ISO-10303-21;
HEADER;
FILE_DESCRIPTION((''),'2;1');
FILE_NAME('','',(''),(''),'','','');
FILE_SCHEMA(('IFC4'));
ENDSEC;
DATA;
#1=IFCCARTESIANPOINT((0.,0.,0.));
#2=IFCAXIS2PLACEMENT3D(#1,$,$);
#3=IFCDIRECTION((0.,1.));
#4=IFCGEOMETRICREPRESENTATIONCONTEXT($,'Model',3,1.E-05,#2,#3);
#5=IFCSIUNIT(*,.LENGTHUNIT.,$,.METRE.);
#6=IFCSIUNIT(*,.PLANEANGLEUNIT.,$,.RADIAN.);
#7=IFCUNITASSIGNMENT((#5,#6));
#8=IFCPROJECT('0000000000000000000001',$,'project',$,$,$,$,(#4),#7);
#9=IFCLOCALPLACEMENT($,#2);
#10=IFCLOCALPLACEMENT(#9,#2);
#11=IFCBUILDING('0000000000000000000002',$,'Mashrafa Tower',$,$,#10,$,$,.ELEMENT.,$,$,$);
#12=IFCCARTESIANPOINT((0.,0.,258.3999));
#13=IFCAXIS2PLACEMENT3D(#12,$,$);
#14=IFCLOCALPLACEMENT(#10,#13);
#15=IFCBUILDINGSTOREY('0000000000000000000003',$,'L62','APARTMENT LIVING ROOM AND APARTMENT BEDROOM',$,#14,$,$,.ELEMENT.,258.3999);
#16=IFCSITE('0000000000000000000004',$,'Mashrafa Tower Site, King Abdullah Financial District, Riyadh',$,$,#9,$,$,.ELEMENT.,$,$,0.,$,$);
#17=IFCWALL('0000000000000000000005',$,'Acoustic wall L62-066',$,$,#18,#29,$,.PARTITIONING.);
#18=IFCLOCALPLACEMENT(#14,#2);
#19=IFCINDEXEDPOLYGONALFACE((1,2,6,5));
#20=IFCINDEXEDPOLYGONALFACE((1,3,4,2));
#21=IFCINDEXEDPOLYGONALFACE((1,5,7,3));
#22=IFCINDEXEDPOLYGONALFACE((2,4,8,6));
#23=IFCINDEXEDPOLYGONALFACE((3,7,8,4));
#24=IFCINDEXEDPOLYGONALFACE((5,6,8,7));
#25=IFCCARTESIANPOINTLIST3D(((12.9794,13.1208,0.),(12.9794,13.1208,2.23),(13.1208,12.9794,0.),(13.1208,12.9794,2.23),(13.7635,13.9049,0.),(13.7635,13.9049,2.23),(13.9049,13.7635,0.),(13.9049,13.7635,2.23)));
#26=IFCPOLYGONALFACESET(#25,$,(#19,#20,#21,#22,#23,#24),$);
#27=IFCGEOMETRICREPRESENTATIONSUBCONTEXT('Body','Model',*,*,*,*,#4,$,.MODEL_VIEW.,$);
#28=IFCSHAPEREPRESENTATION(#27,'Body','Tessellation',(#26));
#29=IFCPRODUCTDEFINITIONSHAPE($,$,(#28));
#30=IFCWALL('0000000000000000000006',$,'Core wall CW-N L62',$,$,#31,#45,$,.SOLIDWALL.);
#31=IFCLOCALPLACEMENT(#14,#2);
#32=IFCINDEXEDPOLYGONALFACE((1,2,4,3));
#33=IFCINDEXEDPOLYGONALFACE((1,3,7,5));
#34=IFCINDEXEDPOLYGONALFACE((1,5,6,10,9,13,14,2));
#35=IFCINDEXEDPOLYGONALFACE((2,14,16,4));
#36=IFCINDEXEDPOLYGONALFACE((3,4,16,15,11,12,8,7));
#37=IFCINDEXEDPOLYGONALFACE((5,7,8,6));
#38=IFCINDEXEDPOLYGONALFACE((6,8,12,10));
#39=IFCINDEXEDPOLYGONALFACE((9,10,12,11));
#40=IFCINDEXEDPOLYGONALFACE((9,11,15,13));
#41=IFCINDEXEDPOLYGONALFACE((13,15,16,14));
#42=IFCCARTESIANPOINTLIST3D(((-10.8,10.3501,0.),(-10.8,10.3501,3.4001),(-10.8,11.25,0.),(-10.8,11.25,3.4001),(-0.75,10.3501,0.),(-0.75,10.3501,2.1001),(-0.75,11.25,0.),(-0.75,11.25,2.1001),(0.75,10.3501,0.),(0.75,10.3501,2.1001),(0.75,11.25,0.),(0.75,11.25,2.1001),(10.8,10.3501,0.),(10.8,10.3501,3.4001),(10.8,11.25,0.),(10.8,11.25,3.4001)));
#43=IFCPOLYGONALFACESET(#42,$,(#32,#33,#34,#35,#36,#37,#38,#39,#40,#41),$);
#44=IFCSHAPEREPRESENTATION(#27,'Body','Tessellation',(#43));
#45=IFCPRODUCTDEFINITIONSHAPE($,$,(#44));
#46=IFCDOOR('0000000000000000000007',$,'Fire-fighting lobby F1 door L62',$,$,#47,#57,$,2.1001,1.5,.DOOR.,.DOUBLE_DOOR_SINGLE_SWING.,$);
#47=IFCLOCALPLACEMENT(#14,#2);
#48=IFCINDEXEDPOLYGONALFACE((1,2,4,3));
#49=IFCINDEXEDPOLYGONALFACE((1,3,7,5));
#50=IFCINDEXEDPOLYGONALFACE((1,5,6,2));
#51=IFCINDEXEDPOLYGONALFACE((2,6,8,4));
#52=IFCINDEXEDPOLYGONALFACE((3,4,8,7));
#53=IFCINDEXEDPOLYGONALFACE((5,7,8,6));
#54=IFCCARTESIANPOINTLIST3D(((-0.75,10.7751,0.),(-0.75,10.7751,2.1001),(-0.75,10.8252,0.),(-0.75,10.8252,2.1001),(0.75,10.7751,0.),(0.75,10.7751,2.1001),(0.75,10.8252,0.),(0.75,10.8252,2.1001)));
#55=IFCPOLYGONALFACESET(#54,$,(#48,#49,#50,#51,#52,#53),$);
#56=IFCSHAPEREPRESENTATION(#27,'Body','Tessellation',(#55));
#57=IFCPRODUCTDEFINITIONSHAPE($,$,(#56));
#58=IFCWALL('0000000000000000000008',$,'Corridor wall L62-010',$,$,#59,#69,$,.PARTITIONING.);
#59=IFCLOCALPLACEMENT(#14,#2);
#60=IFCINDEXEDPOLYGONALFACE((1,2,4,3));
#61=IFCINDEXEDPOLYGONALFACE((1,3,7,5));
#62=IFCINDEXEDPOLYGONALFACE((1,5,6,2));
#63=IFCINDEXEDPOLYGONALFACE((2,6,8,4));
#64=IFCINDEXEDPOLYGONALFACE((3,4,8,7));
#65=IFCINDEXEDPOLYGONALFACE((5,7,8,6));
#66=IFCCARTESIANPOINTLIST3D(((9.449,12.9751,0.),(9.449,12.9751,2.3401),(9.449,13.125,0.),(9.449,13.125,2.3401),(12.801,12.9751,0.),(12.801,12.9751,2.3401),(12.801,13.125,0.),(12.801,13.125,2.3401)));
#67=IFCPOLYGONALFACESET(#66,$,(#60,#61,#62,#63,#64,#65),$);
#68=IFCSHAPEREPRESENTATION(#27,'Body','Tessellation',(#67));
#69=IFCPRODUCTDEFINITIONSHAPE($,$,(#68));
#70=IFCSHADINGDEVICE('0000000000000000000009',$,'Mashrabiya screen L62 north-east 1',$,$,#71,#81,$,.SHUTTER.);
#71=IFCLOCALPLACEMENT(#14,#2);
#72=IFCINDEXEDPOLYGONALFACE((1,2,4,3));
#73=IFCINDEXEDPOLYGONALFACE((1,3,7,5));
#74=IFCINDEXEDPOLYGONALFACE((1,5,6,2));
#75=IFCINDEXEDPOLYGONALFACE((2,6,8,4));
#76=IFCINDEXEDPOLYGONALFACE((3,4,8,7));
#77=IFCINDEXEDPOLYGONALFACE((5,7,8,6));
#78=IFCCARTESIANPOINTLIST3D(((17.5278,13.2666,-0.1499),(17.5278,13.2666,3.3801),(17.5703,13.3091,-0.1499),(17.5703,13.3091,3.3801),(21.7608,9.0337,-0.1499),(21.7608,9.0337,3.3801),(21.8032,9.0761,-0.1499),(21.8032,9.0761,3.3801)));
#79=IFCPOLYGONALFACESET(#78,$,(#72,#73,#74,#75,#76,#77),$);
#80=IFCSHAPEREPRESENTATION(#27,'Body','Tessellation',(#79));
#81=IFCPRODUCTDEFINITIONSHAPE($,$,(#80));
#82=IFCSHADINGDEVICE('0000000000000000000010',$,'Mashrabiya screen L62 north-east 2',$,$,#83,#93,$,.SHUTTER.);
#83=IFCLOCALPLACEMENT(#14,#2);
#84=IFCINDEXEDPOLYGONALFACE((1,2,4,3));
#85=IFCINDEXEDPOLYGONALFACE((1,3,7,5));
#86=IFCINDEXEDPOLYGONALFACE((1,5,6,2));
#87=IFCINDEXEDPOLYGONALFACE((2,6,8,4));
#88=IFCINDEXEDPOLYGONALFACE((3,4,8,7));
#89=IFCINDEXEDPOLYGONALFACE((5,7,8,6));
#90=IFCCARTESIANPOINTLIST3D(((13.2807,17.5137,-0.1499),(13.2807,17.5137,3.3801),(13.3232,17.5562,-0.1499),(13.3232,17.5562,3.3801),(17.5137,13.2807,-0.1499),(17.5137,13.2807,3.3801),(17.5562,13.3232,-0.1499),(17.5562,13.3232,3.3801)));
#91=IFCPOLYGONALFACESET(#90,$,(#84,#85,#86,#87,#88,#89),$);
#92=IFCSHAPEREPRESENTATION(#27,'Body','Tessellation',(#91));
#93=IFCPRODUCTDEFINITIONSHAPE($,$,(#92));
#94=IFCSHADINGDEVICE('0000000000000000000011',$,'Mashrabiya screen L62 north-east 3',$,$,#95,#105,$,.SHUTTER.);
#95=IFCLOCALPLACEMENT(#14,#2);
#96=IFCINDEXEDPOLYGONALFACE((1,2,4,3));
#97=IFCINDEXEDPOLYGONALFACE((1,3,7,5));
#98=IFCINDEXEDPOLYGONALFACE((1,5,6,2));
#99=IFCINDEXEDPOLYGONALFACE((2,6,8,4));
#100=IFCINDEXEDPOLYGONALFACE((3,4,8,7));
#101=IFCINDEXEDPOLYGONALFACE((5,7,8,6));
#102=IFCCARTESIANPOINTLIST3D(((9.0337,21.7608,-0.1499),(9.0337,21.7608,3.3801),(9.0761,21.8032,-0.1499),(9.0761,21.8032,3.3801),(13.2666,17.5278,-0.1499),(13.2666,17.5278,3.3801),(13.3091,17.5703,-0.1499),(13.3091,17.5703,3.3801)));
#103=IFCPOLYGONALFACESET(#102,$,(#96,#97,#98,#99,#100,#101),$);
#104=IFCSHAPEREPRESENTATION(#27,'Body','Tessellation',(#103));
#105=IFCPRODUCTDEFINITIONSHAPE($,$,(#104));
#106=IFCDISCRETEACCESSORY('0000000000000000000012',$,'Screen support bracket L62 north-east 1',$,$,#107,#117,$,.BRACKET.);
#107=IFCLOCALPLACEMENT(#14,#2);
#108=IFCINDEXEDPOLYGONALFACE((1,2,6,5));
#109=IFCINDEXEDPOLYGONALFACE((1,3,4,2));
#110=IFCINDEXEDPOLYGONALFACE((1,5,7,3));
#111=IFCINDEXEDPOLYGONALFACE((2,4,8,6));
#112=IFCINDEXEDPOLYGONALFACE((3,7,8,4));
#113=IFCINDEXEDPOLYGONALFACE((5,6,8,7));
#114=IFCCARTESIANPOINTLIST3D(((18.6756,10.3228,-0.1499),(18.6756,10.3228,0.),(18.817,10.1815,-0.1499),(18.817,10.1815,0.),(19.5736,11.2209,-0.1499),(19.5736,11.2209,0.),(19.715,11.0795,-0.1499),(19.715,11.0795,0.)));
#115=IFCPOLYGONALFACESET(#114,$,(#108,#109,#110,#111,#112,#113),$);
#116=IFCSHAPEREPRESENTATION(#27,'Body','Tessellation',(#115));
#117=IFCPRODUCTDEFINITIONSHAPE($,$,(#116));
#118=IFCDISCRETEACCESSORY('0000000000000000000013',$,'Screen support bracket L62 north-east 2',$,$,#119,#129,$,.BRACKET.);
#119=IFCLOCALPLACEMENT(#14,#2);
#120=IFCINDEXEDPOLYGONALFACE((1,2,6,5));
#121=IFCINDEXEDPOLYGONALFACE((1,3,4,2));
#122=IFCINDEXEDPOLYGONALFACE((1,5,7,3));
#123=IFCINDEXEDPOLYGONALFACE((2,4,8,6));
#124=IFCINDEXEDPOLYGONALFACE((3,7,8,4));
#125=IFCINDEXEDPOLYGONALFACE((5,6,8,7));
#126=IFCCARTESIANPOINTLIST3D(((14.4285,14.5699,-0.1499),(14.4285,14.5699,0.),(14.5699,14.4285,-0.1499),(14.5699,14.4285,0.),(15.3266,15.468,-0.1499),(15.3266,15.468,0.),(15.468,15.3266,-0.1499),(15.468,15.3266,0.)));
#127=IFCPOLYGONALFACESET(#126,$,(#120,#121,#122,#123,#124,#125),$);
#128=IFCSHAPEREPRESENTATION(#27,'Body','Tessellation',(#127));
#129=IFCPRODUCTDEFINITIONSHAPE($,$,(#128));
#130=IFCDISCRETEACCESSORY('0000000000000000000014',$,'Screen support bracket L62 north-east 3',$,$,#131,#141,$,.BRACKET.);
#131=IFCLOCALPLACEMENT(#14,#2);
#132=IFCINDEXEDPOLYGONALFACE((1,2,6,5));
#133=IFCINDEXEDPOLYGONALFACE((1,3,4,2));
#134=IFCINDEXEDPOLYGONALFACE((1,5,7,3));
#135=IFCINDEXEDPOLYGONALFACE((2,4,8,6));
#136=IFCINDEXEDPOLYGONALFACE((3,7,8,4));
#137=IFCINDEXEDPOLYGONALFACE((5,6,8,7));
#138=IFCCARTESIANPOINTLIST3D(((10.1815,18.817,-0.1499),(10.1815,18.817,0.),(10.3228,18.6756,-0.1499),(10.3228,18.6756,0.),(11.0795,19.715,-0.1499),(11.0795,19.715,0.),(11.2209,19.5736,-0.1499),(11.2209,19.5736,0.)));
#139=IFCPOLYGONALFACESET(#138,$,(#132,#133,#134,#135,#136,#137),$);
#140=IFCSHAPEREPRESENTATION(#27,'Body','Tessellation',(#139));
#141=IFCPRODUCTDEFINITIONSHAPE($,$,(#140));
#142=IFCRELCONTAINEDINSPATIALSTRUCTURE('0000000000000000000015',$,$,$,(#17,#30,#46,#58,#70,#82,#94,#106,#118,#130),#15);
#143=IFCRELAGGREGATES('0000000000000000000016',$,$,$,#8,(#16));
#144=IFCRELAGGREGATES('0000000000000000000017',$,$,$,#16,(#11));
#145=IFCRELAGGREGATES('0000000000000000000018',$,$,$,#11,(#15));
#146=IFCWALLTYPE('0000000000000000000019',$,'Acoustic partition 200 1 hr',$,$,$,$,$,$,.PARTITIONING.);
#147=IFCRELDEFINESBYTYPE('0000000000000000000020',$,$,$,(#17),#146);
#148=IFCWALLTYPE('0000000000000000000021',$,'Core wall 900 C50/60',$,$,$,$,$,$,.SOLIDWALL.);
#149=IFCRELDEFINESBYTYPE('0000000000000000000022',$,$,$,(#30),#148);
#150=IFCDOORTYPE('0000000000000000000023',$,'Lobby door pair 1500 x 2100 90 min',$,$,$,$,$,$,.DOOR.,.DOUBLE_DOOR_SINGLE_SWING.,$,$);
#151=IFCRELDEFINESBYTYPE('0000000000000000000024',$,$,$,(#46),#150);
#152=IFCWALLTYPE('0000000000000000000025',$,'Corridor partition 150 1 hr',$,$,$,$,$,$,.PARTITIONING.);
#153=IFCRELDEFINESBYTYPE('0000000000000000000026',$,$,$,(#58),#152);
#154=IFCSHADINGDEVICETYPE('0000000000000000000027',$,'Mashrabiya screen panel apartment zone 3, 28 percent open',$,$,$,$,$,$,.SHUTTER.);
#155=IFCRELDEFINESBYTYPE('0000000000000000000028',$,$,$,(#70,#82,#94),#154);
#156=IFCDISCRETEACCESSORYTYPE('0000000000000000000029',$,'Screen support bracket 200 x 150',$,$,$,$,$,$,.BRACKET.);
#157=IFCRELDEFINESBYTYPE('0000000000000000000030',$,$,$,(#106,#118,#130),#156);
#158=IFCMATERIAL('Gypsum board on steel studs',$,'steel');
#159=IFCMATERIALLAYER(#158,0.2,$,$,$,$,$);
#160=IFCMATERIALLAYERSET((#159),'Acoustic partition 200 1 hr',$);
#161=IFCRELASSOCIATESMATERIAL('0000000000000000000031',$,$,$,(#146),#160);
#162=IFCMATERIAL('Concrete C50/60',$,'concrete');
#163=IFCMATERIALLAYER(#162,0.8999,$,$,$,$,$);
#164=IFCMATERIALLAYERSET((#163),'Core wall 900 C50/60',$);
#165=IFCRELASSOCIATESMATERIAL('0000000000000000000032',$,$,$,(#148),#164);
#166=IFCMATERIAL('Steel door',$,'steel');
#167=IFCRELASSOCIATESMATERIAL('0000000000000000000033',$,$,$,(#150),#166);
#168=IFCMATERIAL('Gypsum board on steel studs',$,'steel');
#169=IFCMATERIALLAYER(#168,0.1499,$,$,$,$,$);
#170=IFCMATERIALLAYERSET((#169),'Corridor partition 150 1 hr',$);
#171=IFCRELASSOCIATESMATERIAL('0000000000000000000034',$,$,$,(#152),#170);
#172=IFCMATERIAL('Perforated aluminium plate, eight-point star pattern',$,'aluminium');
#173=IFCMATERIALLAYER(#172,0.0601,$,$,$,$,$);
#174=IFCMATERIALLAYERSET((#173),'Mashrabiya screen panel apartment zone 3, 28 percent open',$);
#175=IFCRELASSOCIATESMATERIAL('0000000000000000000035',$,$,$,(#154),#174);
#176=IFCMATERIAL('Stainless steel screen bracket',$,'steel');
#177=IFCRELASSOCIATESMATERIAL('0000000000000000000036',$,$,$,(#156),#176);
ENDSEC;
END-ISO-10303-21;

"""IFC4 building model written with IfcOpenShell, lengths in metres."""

from ifc_helpers import new_model, si_unit, direction, frame, frame_2d, origin, origin_2d, place, context, subcontext, project, spatial, rectangle, extrude, source, transform, mapped, material, layer, layer_set, type_object, type_shapes, element, fill, save


model = new_model("IFC4")

# Units and contexts
model_context = context("Model", 3, precision=1e-05, world=origin(), true_north=direction((0.0, 1.0)))
body_context = subcontext(model_context, "Body", "Model", "MODEL_VIEW")
ifc_project = project(units=[si_unit("LENGTHUNIT", "METRE"), si_unit("PLANEANGLEUNIT", "RADIAN")], contexts=[model_context])

# Site, building, storey
site_placement = place(None, origin())
site = spatial("IfcSite", under=ifc_project, at=site_placement, Name="Mashrafa Tower Site, King Abdullah Financial District, Riyadh", CompositionType="ELEMENT", RefElevation=0.0)
building_placement = place(site_placement, origin())
building = spatial("IfcBuilding", under=site, at=building_placement, Name="Mashrafa Tower", CompositionType="ELEMENT")
storey_placement = place(building_placement, frame((0.0, 0.0, 258.3999)))
storey = spatial("IfcBuildingStorey", under=building, at=storey_placement, Name="L62", Description="APARTMENT LIVING ROOM AND APARTMENT BEDROOM", CompositionType="ELEMENT", Elevation=258.3999)

# Wall
ifc_material_1 = material(Name="Gypsum board on steel studs", Category="steel")
ifc_layer_1 = layer(ifc_material_1, 0.2)
ifc_layer_set_1 = layer_set([ifc_layer_1], Name="Acoustic partition 200 1 hr")
wall_type_1 = type_object("IfcWallType", Name="Acoustic partition 200 1 hr", PredefinedType="PARTITIONING", material=ifc_layer_set_1)
wall_1_placement = place(storey_placement, frame((13.8342, 13.8342, 0.0), z_axis=(0.0, 0.0, 1.0), x_axis=(-0.707107, -0.707107, 0.0)))
element("IfcWall", 1, at=wall_1_placement, inside=storey, type_object=wall_type_1, Name="Acoustic wall L62-066", PredefinedType="PARTITIONING", context=body_context, shape_type="SweptSolid", body=[
    extrude(rectangle(XDim=1.1089, YDim=0.2, at=frame_2d((0.5544, 0.0))), origin(), (0.0, 0.0, 1.0), 2.23),
])

# Wall, opening, door
ifc_material_2 = material(Name="Concrete C50/60", Category="concrete")
ifc_layer_2 = layer(ifc_material_2, 0.8999)
ifc_layer_set_2 = layer_set([ifc_layer_2], Name="Core wall 900 C50/60")
wall_type_2 = type_object("IfcWallType", Name="Core wall 900 C50/60", PredefinedType="SOLIDWALL", material=ifc_layer_set_2)
wall_2_placement = place(storey_placement, frame((10.8, 10.8, 0.0), z_axis=(0.0, 0.0, 1.0), x_axis=(-1.0, 0.0, 0.0)))
wall_2 = element("IfcWall", 2, at=wall_2_placement, inside=storey, type_object=wall_type_2, Name="Core wall CW-N L62", PredefinedType="SOLIDWALL", context=body_context, shape_type="SweptSolid", body=[
    extrude(rectangle(XDim=21.6001, YDim=0.8999, at=frame_2d((10.8, 0.0))), origin(), (0.0, 0.0, 1.0), 3.4001),
])
opening_placement = place(wall_2_placement, frame((10.05, 0.0, 0.0)))
opening = element("IfcOpeningElement", 3, at=opening_placement, cuts=wall_2, PredefinedType="OPENING", context=body_context, shape_type="SweptSolid", body=[
    extrude(rectangle(XDim=1.5, YDim=2.1001, at=frame_2d((0.75, 1.05))), frame((0.0, 0.46, 0.0), z_axis=(0.0, -1.0, 0.0), x_axis=(1.0, 0.0, 0.0)), (0.0, 0.0, 1.0), 0.9199),
])
ifc_material_3 = material(Name="Steel door", Category="steel")
door_type = type_object("IfcDoorType", Name="Lobby door pair 1500 x 2100 90 min", OperationType="DOUBLE_DOOR_SINGLE_SWING", PredefinedType="DOOR", material=ifc_material_3)
door_placement = place(opening_placement, origin())
door = element("IfcDoor", 4, at=door_placement, inside=storey, type_object=door_type, Name="Fire-fighting lobby F1 door L62", OperationType="DOUBLE_DOOR_SINGLE_SWING", OverallHeight=2.1001, OverallWidth=1.5, PredefinedType="DOOR", context=body_context, shape_type="SweptSolid", body=[
    extrude(rectangle(XDim=1.5, YDim=2.1001, at=frame_2d((0.75, 1.05))), frame((0.0, 0.0249, 0.0), z_axis=(0.0, -1.0, 0.0), x_axis=(1.0, 0.0, 0.0)), (0.0, 0.0, 1.0), 0.05),
])
fill(opening, door)

# Wall
ifc_material_4 = material(Name="Gypsum board on steel studs", Category="steel")
ifc_layer_3 = layer(ifc_material_4, 0.1499)
ifc_layer_set_3 = layer_set([ifc_layer_3], Name="Corridor partition 150 1 hr")
wall_type_3 = type_object("IfcWallType", Name="Corridor partition 150 1 hr", PredefinedType="PARTITIONING", material=ifc_layer_set_3)
wall_3_placement = place(storey_placement, frame((12.801, 13.05, 0.0), z_axis=(0.0, 0.0, 1.0), x_axis=(-1.0, 0.0, 0.0)))
element("IfcWall", 5, at=wall_3_placement, inside=storey, type_object=wall_type_3, Name="Corridor wall L62-010", PredefinedType="PARTITIONING", context=body_context, shape_type="SweptSolid", body=[
    extrude(rectangle(XDim=3.3521, YDim=0.1499, at=frame_2d((1.676, 0.0))), origin(), (0.0, 0.0, 1.0), 2.3401),
])

# Shading devices
ifc_material_5 = material(Name="Perforated aluminium plate, eight-point star pattern", Category="aluminium")
ifc_layer_4 = layer(ifc_material_5, 0.0601)
ifc_layer_set_4 = layer_set([ifc_layer_4], Name="Mashrabiya screen panel apartment zone 3, 28 percent open")
shading_device_type = type_object("IfcShadingDeviceType", Name="Mashrabiya screen panel apartment zone 3, 28 percent open", PredefinedType="SHUTTER", material=ifc_layer_set_4)
shared_shape_1 = source(origin(), body_context, "Body", "SweptSolid", [
    extrude(rectangle(XDim=5.9863, YDim=0.0601, at=origin_2d()), origin(), (0.0, 0.0, 1.0), 3.53),
])
type_shapes(shading_device_type, [shared_shape_1])
for number, where, z_axis, x_axis, name in (
    (6, (19.6655, 11.1714, -0.1499), (0.0, 0.0, 1.0), (-0.707107, 0.707107, 0.0), "Mashrabiya screen L62 north-east 1"),
    (7, (15.4185, 15.4185, -0.1499), (0.0, 0.0, 1.0), (-0.707107, 0.707107, 0.0), "Mashrabiya screen L62 north-east 2"),
    (8, (11.1714, 19.6655, -0.1499), (0.0, 0.0, 1.0), (-0.707107, 0.707107, 0.0), "Mashrabiya screen L62 north-east 3"),
):
    element("IfcShadingDevice", number, at=place(storey_placement, frame(where, z_axis=z_axis, x_axis=x_axis)), inside=storey, type_object=shading_device_type, Name=name, PredefinedType="SHUTTER", context=body_context, shape_type="MappedRepresentation", body=[
        mapped(shared_shape_1, transform((0.0, 0.0, 0.0))),
    ])

# Discrete accessories
ifc_material_6 = material(Name="Stainless steel screen bracket", Category="steel")
discrete_accessory_type = type_object("IfcDiscreteAccessoryType", Name="Screen support bracket 200 x 150", PredefinedType="BRACKET", material=ifc_material_6)
shared_shape_2 = source(origin(), body_context, "Body", "SweptSolid", [
    extrude(rectangle(XDim=0.2, YDim=1.27, at=origin_2d()), origin(), (0.0, 0.0, 1.0), 0.1499),
])
type_shapes(discrete_accessory_type, [shared_shape_2])
for number, where, z_axis, x_axis, name in (
    (9, (19.1953, 10.7012, -0.1499), (0.0, 0.0, 1.0), (-0.707107, 0.707107, 0.0), "Screen support bracket L62 north-east 1"),
    (10, (14.9482, 14.9482, -0.1499), (0.0, 0.0, 1.0), (-0.707107, 0.707107, 0.0), "Screen support bracket L62 north-east 2"),
    (11, (10.7012, 19.1953, -0.1499), (0.0, 0.0, 1.0), (-0.707107, 0.707107, 0.0), "Screen support bracket L62 north-east 3"),
):
    element("IfcDiscreteAccessory", number, at=place(storey_placement, frame(where, z_axis=z_axis, x_axis=x_axis)), inside=storey, type_object=discrete_accessory_type, Name=name, PredefinedType="BRACKET", context=body_context, shape_type="MappedRepresentation", body=[
        mapped(shared_shape_2, transform((0.0, 0.0, 0.0))),
    ])

save(model, "model.ifc")
